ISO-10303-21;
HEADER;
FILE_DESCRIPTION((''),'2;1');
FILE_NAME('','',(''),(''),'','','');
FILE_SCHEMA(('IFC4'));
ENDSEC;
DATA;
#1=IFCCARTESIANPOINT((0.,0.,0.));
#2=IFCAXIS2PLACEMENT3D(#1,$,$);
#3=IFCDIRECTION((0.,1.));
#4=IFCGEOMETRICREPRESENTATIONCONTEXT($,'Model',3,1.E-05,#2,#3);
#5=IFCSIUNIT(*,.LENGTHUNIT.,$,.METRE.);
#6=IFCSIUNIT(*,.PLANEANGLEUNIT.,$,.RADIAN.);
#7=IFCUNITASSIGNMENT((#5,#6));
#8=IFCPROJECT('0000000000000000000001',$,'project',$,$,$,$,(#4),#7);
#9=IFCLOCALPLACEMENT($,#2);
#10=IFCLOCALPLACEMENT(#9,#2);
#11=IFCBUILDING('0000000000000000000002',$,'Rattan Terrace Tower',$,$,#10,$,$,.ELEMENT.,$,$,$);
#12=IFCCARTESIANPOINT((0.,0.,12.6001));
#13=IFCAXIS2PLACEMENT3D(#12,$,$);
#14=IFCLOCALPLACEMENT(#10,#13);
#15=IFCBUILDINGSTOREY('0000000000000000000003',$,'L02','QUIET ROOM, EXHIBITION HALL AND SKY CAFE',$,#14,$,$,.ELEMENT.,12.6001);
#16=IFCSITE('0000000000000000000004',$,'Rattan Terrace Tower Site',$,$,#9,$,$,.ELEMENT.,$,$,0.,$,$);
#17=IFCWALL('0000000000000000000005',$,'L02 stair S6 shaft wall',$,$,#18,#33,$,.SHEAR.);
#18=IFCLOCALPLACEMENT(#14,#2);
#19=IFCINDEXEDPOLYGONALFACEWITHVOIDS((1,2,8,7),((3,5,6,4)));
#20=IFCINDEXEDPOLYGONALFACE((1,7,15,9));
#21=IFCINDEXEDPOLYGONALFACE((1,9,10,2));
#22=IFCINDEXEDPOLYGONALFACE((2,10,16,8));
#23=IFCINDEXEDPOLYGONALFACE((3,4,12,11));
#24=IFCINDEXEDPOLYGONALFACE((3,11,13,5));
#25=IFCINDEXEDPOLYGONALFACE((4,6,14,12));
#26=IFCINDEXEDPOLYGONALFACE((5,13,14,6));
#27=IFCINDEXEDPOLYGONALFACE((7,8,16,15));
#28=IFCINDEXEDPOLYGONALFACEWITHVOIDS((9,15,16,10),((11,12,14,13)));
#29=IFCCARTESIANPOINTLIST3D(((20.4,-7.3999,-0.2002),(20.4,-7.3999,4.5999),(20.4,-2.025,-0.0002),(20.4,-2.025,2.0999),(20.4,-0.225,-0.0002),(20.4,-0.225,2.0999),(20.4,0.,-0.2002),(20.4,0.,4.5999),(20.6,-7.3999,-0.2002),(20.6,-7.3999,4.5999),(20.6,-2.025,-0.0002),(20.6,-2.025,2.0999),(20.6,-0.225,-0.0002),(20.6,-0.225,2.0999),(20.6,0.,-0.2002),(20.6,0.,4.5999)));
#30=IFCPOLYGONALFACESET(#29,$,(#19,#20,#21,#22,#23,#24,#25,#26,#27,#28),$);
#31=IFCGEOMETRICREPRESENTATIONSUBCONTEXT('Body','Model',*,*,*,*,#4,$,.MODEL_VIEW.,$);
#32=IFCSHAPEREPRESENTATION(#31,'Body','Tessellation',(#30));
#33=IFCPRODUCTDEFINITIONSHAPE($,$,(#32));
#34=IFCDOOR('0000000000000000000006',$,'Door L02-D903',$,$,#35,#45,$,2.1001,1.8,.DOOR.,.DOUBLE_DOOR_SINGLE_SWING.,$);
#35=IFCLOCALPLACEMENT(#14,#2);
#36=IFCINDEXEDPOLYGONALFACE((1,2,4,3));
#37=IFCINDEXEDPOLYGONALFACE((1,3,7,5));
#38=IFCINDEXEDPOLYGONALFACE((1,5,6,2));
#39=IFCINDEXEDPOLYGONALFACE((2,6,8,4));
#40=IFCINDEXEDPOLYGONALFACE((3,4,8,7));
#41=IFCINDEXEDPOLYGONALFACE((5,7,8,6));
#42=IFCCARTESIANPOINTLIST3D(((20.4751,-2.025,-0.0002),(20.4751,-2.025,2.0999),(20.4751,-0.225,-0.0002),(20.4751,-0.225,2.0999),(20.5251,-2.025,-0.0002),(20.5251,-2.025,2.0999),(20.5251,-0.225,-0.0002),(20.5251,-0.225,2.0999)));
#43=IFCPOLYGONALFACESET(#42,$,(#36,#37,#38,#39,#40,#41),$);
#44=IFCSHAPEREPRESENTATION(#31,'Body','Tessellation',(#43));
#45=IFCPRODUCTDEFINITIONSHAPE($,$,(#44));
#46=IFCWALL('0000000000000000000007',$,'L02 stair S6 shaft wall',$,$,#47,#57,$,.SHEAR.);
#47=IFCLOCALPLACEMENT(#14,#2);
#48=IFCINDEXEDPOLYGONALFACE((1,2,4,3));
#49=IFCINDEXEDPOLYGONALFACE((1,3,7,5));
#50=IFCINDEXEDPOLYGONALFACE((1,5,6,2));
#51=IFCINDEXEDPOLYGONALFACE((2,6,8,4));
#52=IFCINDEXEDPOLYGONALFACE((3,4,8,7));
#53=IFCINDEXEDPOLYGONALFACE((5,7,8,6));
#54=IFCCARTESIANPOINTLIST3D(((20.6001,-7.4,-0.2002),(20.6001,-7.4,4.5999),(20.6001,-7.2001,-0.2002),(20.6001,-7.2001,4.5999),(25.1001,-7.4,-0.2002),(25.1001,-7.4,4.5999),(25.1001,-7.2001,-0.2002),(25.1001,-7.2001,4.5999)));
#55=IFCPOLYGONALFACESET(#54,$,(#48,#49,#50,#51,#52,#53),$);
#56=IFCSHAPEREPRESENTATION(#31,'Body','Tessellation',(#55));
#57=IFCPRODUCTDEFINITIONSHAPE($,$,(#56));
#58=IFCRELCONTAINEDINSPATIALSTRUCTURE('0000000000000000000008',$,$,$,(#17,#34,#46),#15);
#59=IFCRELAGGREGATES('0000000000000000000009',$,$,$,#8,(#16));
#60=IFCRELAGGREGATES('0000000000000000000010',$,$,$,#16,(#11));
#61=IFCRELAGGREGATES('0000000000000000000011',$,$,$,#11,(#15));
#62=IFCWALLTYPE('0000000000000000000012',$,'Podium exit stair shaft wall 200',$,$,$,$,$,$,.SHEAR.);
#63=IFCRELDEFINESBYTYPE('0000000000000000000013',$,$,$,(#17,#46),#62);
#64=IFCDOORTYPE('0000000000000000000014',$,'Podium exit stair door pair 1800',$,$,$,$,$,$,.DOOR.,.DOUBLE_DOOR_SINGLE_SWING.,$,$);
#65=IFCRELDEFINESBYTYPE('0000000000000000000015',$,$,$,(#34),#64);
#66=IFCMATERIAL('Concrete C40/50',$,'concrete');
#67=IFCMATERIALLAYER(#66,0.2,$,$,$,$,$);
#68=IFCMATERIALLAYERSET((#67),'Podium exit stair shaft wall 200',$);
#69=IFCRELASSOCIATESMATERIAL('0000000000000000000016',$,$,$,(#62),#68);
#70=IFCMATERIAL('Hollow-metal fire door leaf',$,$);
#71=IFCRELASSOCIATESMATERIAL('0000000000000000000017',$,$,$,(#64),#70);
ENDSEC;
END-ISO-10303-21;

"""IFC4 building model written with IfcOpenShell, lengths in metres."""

from ifc_helpers import new_model, si_unit, direction, frame, frame_2d, origin, place, context, subcontext, project, spatial, rectangle, extrude, material, layer, layer_set, type_object, element, fill, save


model = new_model("IFC4")

# Units and contexts
model_context = context("Model", 3, precision=1e-05, world=origin(), true_north=direction((0.0, 1.0)))
body_context = subcontext(model_context, "Body", "Model", "MODEL_VIEW")
ifc_project = project(units=[si_unit("LENGTHUNIT", "METRE"), si_unit("PLANEANGLEUNIT", "RADIAN")], contexts=[model_context])

# Site, building, storey
site_placement = place(None, origin())
site = spatial("IfcSite", under=ifc_project, at=site_placement, Name="Rattan Terrace Tower Site", CompositionType="ELEMENT", RefElevation=0.0)
building_placement = place(site_placement, origin())
building = spatial("IfcBuilding", under=site, at=building_placement, Name="Rattan Terrace Tower", CompositionType="ELEMENT")
storey_placement = place(building_placement, frame((0.0, 0.0, 12.6001)))
storey = spatial("IfcBuildingStorey", under=building, at=storey_placement, Name="L02", Description="QUIET ROOM, EXHIBITION HALL AND SKY CAFE", CompositionType="ELEMENT", Elevation=12.6001)

# Wall, opening, door
ifc_material_1 = material(Name="Concrete C40/50", Category="concrete")
ifc_layer_1 = layer(ifc_material_1, 0.2)
ifc_layer_set_1 = layer_set([ifc_layer_1], Name="Podium exit stair shaft wall 200")
wall_type_1 = type_object("IfcWallType", Name="Podium exit stair shaft wall 200", PredefinedType="SHEAR", material=ifc_layer_set_1)
wall_1_placement = place(storey_placement, frame((20.5, -7.3999, -0.2002), z_axis=(0.0, 0.0, 1.0), x_axis=(0.0, 1.0, 0.0)))
wall_1 = element("IfcWall", 1, at=wall_1_placement, inside=storey, type_object=wall_type_1, Name="L02 stair S6 shaft wall", PredefinedType="SHEAR", context=body_context, shape_type="SweptSolid", body=[
    extrude(rectangle(XDim=7.3999, YDim=0.2, at=frame_2d((3.7, 0.0))), origin(), (0.0, 0.0, 1.0), 4.8),
])
opening_1_placement = place(wall_1_placement, frame((5.375, 0.0, 0.2)))
opening_1 = element("IfcOpeningElement", 2, at=opening_1_placement, cuts=wall_1, PredefinedType="OPENING", context=body_context, shape_type="SweptSolid", body=[
    extrude(rectangle(XDim=1.8, YDim=2.1001, at=frame_2d((0.8999, 1.05))), frame((0.0, 0.1106, 0.0), z_axis=(0.0, -1.0, 0.0), x_axis=(1.0, 0.0, 0.0)), (0.0, 0.0, 1.0), 0.2209),
])
ifc_material_2 = material(Name="Hollow-metal fire door leaf")
door_type_1 = type_object("IfcDoorType", Name="Podium exit stair door pair 1800", OperationType="DOUBLE_DOOR_SINGLE_SWING", PredefinedType="DOOR", material=ifc_material_2)
door_1_placement = place(opening_1_placement, origin())
door_1 = element("IfcDoor", 3, at=door_1_placement, inside=storey, type_object=door_type_1, Name="Door L02-D903", OperationType="DOUBLE_DOOR_SINGLE_SWING", OverallHeight=2.1001, OverallWidth=1.8, PredefinedType="DOOR", context=body_context, shape_type="SweptSolid", body=[
    extrude(rectangle(XDim=1.8, YDim=2.1001, at=frame_2d((0.8999, 1.05))), frame((0.0, 0.0249, 0.0), z_axis=(0.0, -1.0, 0.0), x_axis=(1.0, 0.0, 0.0)), (0.0, 0.0, 1.0), 0.05),
])
fill(opening_1, door_1)

# Wall
wall_2_placement = place(storey_placement, frame((20.6001, -7.3, -0.2002), z_axis=(0.0, 0.0, 1.0), x_axis=(1.0, 0.0, 0.0)))
element("IfcWall", 4, at=wall_2_placement, inside=storey, type_object=wall_type_1, Name="L02 stair S6 shaft wall", PredefinedType="SHEAR", context=body_context, shape_type="SweptSolid", body=[
    extrude(rectangle(XDim=4.5, YDim=0.2, at=frame_2d((2.25, 0.0))), origin(), (0.0, 0.0, 1.0), 4.8),
])

save(model, "model.ifc")
